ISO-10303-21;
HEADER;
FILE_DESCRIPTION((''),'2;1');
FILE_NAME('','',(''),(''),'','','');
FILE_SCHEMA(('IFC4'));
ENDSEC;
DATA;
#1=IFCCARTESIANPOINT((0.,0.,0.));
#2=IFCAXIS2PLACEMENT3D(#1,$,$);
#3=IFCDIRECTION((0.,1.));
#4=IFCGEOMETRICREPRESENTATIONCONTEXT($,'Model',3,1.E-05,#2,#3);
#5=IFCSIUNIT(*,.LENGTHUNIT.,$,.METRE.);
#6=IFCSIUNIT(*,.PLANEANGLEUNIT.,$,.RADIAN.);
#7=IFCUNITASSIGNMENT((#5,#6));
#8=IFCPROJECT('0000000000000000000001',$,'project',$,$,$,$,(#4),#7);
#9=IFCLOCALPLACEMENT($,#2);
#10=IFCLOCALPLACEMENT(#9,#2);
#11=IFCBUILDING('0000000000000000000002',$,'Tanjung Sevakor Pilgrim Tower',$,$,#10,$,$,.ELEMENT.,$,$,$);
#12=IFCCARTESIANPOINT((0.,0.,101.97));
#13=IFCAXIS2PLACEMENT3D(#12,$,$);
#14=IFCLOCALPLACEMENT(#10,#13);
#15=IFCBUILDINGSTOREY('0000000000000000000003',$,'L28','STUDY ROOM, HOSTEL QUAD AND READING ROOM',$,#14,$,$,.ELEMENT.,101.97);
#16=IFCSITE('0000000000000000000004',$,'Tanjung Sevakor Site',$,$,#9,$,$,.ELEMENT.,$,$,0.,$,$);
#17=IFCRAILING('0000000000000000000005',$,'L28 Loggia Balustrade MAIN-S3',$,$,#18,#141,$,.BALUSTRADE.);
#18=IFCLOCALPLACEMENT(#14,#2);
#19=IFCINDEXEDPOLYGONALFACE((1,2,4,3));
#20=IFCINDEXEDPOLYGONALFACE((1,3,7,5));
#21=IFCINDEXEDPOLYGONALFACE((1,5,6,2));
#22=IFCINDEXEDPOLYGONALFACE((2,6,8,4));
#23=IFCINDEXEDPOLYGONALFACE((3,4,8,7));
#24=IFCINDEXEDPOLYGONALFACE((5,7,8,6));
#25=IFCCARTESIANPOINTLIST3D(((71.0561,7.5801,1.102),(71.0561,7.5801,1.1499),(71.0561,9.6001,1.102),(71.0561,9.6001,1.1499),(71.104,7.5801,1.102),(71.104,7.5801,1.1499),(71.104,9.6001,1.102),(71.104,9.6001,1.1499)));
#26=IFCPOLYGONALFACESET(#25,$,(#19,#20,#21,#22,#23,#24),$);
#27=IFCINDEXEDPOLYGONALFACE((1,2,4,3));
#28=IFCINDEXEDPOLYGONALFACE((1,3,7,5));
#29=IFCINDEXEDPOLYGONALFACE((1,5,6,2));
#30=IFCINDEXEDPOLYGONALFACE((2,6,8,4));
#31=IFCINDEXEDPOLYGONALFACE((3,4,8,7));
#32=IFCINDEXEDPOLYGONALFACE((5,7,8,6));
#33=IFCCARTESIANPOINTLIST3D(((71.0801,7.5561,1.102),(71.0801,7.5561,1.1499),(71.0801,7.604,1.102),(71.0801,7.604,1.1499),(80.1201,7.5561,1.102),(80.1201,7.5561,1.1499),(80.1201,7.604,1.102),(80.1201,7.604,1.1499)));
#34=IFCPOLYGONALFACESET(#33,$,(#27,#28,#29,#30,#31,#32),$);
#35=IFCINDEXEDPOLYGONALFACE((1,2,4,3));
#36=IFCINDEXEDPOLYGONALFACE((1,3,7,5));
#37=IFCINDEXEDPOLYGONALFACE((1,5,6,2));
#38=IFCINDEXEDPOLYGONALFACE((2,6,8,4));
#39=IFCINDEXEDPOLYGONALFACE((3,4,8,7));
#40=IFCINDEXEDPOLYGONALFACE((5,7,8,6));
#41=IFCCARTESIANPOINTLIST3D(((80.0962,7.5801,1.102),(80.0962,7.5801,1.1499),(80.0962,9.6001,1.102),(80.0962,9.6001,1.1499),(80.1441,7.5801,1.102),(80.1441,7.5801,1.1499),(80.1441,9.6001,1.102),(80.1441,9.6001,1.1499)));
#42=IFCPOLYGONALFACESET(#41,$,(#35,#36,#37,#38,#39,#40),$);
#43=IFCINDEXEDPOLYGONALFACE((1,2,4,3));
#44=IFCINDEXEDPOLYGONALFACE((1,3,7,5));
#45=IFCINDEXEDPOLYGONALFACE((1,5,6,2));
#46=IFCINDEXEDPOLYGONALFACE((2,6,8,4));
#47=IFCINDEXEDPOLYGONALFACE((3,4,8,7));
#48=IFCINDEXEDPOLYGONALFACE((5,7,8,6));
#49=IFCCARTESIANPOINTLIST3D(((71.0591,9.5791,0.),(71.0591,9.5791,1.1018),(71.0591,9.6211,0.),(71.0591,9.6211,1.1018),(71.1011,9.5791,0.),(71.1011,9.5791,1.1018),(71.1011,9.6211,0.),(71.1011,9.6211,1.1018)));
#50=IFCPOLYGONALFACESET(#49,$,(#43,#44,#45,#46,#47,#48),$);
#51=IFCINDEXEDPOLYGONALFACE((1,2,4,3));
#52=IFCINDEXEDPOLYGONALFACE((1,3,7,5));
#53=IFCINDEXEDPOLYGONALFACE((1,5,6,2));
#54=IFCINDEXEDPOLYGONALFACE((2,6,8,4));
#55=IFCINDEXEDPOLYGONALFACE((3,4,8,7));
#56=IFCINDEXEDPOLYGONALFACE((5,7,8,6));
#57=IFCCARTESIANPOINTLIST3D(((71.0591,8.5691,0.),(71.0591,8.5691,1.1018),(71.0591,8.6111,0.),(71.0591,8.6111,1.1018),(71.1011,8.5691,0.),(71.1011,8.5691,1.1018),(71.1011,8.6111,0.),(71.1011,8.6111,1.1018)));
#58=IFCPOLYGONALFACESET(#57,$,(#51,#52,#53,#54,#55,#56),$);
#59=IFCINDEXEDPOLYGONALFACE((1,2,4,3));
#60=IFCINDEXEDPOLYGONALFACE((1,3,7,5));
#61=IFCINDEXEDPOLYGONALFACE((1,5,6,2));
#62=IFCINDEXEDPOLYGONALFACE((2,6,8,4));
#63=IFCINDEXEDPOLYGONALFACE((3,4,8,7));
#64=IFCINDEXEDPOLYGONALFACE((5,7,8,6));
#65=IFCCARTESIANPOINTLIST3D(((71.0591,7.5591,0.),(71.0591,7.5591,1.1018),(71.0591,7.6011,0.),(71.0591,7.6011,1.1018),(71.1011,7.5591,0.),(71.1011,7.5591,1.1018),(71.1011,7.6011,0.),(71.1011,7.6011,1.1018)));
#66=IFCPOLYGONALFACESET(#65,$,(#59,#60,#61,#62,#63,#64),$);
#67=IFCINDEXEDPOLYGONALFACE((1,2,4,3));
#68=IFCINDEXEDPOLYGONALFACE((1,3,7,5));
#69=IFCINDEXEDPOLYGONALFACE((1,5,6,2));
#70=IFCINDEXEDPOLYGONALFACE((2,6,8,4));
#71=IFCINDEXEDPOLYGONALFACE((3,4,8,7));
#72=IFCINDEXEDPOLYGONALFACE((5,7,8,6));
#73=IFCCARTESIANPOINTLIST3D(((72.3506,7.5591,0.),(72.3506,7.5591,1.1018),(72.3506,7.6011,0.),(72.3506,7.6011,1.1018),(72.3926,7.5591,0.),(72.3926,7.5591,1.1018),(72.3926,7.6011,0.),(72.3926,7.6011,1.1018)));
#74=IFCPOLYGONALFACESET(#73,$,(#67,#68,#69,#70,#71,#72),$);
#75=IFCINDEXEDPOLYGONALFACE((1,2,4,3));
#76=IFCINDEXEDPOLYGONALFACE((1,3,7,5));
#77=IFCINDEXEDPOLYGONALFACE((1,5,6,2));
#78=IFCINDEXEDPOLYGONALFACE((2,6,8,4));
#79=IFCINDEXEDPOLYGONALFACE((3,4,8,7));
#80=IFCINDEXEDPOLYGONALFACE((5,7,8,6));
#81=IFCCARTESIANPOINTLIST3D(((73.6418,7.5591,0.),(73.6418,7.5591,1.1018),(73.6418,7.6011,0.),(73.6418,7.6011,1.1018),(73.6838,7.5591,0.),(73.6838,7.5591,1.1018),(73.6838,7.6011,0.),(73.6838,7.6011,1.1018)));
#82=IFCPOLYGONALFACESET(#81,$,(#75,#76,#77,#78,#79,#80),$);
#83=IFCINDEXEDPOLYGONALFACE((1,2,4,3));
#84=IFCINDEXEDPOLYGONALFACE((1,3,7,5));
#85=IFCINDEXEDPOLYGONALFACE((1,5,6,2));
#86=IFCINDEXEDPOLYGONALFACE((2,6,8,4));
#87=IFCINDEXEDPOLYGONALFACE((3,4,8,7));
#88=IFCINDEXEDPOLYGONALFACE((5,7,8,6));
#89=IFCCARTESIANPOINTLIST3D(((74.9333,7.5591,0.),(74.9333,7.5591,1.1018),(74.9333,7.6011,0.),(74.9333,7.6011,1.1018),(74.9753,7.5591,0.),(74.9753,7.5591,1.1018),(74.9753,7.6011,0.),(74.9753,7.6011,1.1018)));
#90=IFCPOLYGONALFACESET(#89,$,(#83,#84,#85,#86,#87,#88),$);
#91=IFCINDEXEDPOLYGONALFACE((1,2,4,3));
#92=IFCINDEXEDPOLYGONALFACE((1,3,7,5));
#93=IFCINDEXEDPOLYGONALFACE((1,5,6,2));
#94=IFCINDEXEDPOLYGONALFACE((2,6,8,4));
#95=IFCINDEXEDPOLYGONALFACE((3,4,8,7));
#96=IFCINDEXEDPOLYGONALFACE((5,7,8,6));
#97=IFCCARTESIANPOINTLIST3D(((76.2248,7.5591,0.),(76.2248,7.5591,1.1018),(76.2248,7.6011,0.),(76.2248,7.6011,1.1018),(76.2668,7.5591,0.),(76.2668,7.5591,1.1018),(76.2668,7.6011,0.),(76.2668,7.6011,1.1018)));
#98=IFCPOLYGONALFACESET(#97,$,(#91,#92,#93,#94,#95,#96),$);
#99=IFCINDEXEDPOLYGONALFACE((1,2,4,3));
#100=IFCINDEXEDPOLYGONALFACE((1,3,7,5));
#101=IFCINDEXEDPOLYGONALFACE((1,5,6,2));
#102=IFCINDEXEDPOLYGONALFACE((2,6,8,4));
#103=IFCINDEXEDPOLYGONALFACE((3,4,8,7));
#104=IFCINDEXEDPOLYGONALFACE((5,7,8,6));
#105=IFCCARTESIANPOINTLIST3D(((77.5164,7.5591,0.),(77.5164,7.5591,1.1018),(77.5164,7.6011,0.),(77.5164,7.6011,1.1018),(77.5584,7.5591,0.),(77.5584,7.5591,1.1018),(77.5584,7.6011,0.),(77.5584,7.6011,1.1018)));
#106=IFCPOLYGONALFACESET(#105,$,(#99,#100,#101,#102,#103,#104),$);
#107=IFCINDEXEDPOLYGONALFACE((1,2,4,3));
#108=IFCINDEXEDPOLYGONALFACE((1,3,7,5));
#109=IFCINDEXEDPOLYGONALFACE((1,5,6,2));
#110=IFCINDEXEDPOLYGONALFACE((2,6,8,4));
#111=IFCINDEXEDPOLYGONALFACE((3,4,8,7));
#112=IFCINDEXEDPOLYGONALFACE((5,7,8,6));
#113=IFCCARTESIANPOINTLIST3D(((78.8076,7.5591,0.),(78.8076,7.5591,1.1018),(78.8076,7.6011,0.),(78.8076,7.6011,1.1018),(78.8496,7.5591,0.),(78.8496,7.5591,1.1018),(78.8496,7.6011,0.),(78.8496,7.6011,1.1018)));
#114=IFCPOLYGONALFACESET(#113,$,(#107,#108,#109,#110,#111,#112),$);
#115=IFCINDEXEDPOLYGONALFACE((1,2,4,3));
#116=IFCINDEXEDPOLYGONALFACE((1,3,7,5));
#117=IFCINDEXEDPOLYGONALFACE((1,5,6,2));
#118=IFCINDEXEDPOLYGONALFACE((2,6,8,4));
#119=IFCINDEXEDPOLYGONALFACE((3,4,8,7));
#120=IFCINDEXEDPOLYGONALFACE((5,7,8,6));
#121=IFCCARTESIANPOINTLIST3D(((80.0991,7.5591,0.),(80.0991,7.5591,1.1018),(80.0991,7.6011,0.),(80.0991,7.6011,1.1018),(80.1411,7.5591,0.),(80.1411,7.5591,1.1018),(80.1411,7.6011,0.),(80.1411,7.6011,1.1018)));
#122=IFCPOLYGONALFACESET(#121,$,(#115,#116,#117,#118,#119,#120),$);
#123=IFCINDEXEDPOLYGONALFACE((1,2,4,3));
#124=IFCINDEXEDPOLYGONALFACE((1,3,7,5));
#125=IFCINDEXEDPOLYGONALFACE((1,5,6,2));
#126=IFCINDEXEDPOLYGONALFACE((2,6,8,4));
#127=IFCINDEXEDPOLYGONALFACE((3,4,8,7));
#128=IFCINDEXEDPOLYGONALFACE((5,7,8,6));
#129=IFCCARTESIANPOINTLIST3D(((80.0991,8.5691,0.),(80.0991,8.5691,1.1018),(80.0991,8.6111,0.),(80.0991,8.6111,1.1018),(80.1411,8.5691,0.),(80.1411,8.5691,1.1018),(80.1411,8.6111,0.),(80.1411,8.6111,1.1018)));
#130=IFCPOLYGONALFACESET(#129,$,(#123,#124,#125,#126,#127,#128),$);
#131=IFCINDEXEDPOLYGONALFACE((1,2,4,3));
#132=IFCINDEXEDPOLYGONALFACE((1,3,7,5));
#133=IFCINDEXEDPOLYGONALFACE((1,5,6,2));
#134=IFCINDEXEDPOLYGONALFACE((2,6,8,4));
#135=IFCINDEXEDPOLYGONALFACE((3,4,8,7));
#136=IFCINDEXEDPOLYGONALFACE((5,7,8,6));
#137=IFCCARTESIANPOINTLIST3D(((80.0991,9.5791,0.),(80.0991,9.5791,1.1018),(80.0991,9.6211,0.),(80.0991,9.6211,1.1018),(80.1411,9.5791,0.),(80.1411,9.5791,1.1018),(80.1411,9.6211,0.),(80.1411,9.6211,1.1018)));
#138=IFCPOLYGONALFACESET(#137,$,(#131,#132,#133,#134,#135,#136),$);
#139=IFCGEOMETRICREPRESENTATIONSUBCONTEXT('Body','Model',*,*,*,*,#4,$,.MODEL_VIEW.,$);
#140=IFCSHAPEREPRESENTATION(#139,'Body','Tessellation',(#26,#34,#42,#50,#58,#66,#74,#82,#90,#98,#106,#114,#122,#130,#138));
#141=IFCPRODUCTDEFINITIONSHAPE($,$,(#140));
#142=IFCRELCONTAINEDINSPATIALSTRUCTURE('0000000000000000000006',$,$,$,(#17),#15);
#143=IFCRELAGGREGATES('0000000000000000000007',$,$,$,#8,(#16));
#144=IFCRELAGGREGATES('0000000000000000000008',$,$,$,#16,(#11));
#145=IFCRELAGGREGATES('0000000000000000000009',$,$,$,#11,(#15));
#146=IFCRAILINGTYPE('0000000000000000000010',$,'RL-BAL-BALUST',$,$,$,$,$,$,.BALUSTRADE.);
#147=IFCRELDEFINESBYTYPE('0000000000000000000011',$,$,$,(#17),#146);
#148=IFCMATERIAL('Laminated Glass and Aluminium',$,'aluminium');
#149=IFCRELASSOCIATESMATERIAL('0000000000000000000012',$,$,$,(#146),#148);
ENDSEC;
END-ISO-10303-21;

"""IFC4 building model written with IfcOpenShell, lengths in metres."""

from ifc_helpers import new_model, si_unit, direction, frame, origin, place, context, subcontext, project, spatial, rectangle, extrude, material, type_object, element, save


model = new_model("IFC4")

# Units and contexts
model_context = context("Model", 3, precision=1e-05, world=origin(), true_north=direction((0.0, 1.0)))
body_context = subcontext(model_context, "Body", "Model", "MODEL_VIEW")
ifc_project = project(units=[si_unit("LENGTHUNIT", "METRE"), si_unit("PLANEANGLEUNIT", "RADIAN")], contexts=[model_context])

# Site, building, storey
site_placement = place(None, origin())
site = spatial("IfcSite", under=ifc_project, at=site_placement, Name="Tanjung Sevakor Site", CompositionType="ELEMENT", RefElevation=0.0)
building_placement = place(site_placement, origin())
building = spatial("IfcBuilding", under=site, at=building_placement, Name="Tanjung Sevakor Pilgrim Tower", CompositionType="ELEMENT")
storey_placement = place(building_placement, frame((0.0, 0.0, 101.97)))
storey = spatial("IfcBuildingStorey", under=building, at=storey_placement, Name="L28", Description="STUDY ROOM, HOSTEL QUAD AND READING ROOM", CompositionType="ELEMENT", Elevation=101.97)

# Railing
ifc_material_1 = material(Name="Laminated Glass and Aluminium", Category="aluminium")
railing_type = type_object("IfcRailingType", Name="RL-BAL-BALUST", PredefinedType="BALUSTRADE", material=ifc_material_1)
railing_placement = place(storey_placement, frame((71.0801, 9.6001, 0.0)))
element("IfcRailing", 1, at=railing_placement, inside=storey, type_object=railing_type, Name="L28 Loggia Balustrade MAIN-S3", PredefinedType="BALUSTRADE", context=body_context, shape_type="SweptSolid", body=[
    extrude(rectangle(XDim=0.0479, YDim=0.0479), frame((0.0, 0.0, 1.126), z_axis=(0.0, -1.0, 0.0), x_axis=(1.0, 0.0, 0.0)), (0.0, 0.0, 1.0), 2.02),
    extrude(rectangle(XDim=0.0479, YDim=0.0479), frame((0.0, -2.02, 1.126), z_axis=(1.0, 0.0, 0.0), x_axis=(0.0, 1.0, 0.0)), (0.0, 0.0, 1.0), 9.04),
    extrude(rectangle(XDim=0.0479, YDim=0.0479), frame((9.04, -2.02, 1.126), z_axis=(0.0, 1.0, 0.0), x_axis=(-1.0, 0.0, 0.0)), (0.0, 0.0, 1.0), 2.02),
    extrude(rectangle(XDim=0.042, YDim=0.042), origin(), (0.0, 0.0, 1.0), 1.1018),
    extrude(rectangle(XDim=0.042, YDim=0.042), frame((0.0, -1.01, 0.0)), (0.0, 0.0, 1.0), 1.1018),
    extrude(rectangle(XDim=0.042, YDim=0.042), frame((0.0, -2.02, 0.0)), (0.0, 0.0, 1.0), 1.1018),
    extrude(rectangle(XDim=0.042, YDim=0.042), frame((1.2915, -2.02, 0.0)), (0.0, 0.0, 1.0), 1.1018),
    extrude(rectangle(XDim=0.042, YDim=0.042), frame((2.5828, -2.02, 0.0)), (0.0, 0.0, 1.0), 1.1018),
    extrude(rectangle(XDim=0.042, YDim=0.042), frame((3.8743, -2.02, 0.0)), (0.0, 0.0, 1.0), 1.1018),
    extrude(rectangle(XDim=0.042, YDim=0.042), frame((5.1658, -2.02, 0.0)), (0.0, 0.0, 1.0), 1.1018),
    extrude(rectangle(XDim=0.042, YDim=0.042), frame((6.4573, -2.02, 0.0)), (0.0, 0.0, 1.0), 1.1018),
    extrude(rectangle(XDim=0.042, YDim=0.042), frame((7.7485, -2.02, 0.0)), (0.0, 0.0, 1.0), 1.1018),
    extrude(rectangle(XDim=0.042, YDim=0.042), frame((9.04, -2.02, 0.0)), (0.0, 0.0, 1.0), 1.1018),
    extrude(rectangle(XDim=0.042, YDim=0.042), frame((9.04, -1.01, 0.0)), (0.0, 0.0, 1.0), 1.1018),
    extrude(rectangle(XDim=0.042, YDim=0.042), frame((9.04, 0.0, 0.0)), (0.0, 0.0, 1.0), 1.1018),
])

save(model, "model.ifc")
